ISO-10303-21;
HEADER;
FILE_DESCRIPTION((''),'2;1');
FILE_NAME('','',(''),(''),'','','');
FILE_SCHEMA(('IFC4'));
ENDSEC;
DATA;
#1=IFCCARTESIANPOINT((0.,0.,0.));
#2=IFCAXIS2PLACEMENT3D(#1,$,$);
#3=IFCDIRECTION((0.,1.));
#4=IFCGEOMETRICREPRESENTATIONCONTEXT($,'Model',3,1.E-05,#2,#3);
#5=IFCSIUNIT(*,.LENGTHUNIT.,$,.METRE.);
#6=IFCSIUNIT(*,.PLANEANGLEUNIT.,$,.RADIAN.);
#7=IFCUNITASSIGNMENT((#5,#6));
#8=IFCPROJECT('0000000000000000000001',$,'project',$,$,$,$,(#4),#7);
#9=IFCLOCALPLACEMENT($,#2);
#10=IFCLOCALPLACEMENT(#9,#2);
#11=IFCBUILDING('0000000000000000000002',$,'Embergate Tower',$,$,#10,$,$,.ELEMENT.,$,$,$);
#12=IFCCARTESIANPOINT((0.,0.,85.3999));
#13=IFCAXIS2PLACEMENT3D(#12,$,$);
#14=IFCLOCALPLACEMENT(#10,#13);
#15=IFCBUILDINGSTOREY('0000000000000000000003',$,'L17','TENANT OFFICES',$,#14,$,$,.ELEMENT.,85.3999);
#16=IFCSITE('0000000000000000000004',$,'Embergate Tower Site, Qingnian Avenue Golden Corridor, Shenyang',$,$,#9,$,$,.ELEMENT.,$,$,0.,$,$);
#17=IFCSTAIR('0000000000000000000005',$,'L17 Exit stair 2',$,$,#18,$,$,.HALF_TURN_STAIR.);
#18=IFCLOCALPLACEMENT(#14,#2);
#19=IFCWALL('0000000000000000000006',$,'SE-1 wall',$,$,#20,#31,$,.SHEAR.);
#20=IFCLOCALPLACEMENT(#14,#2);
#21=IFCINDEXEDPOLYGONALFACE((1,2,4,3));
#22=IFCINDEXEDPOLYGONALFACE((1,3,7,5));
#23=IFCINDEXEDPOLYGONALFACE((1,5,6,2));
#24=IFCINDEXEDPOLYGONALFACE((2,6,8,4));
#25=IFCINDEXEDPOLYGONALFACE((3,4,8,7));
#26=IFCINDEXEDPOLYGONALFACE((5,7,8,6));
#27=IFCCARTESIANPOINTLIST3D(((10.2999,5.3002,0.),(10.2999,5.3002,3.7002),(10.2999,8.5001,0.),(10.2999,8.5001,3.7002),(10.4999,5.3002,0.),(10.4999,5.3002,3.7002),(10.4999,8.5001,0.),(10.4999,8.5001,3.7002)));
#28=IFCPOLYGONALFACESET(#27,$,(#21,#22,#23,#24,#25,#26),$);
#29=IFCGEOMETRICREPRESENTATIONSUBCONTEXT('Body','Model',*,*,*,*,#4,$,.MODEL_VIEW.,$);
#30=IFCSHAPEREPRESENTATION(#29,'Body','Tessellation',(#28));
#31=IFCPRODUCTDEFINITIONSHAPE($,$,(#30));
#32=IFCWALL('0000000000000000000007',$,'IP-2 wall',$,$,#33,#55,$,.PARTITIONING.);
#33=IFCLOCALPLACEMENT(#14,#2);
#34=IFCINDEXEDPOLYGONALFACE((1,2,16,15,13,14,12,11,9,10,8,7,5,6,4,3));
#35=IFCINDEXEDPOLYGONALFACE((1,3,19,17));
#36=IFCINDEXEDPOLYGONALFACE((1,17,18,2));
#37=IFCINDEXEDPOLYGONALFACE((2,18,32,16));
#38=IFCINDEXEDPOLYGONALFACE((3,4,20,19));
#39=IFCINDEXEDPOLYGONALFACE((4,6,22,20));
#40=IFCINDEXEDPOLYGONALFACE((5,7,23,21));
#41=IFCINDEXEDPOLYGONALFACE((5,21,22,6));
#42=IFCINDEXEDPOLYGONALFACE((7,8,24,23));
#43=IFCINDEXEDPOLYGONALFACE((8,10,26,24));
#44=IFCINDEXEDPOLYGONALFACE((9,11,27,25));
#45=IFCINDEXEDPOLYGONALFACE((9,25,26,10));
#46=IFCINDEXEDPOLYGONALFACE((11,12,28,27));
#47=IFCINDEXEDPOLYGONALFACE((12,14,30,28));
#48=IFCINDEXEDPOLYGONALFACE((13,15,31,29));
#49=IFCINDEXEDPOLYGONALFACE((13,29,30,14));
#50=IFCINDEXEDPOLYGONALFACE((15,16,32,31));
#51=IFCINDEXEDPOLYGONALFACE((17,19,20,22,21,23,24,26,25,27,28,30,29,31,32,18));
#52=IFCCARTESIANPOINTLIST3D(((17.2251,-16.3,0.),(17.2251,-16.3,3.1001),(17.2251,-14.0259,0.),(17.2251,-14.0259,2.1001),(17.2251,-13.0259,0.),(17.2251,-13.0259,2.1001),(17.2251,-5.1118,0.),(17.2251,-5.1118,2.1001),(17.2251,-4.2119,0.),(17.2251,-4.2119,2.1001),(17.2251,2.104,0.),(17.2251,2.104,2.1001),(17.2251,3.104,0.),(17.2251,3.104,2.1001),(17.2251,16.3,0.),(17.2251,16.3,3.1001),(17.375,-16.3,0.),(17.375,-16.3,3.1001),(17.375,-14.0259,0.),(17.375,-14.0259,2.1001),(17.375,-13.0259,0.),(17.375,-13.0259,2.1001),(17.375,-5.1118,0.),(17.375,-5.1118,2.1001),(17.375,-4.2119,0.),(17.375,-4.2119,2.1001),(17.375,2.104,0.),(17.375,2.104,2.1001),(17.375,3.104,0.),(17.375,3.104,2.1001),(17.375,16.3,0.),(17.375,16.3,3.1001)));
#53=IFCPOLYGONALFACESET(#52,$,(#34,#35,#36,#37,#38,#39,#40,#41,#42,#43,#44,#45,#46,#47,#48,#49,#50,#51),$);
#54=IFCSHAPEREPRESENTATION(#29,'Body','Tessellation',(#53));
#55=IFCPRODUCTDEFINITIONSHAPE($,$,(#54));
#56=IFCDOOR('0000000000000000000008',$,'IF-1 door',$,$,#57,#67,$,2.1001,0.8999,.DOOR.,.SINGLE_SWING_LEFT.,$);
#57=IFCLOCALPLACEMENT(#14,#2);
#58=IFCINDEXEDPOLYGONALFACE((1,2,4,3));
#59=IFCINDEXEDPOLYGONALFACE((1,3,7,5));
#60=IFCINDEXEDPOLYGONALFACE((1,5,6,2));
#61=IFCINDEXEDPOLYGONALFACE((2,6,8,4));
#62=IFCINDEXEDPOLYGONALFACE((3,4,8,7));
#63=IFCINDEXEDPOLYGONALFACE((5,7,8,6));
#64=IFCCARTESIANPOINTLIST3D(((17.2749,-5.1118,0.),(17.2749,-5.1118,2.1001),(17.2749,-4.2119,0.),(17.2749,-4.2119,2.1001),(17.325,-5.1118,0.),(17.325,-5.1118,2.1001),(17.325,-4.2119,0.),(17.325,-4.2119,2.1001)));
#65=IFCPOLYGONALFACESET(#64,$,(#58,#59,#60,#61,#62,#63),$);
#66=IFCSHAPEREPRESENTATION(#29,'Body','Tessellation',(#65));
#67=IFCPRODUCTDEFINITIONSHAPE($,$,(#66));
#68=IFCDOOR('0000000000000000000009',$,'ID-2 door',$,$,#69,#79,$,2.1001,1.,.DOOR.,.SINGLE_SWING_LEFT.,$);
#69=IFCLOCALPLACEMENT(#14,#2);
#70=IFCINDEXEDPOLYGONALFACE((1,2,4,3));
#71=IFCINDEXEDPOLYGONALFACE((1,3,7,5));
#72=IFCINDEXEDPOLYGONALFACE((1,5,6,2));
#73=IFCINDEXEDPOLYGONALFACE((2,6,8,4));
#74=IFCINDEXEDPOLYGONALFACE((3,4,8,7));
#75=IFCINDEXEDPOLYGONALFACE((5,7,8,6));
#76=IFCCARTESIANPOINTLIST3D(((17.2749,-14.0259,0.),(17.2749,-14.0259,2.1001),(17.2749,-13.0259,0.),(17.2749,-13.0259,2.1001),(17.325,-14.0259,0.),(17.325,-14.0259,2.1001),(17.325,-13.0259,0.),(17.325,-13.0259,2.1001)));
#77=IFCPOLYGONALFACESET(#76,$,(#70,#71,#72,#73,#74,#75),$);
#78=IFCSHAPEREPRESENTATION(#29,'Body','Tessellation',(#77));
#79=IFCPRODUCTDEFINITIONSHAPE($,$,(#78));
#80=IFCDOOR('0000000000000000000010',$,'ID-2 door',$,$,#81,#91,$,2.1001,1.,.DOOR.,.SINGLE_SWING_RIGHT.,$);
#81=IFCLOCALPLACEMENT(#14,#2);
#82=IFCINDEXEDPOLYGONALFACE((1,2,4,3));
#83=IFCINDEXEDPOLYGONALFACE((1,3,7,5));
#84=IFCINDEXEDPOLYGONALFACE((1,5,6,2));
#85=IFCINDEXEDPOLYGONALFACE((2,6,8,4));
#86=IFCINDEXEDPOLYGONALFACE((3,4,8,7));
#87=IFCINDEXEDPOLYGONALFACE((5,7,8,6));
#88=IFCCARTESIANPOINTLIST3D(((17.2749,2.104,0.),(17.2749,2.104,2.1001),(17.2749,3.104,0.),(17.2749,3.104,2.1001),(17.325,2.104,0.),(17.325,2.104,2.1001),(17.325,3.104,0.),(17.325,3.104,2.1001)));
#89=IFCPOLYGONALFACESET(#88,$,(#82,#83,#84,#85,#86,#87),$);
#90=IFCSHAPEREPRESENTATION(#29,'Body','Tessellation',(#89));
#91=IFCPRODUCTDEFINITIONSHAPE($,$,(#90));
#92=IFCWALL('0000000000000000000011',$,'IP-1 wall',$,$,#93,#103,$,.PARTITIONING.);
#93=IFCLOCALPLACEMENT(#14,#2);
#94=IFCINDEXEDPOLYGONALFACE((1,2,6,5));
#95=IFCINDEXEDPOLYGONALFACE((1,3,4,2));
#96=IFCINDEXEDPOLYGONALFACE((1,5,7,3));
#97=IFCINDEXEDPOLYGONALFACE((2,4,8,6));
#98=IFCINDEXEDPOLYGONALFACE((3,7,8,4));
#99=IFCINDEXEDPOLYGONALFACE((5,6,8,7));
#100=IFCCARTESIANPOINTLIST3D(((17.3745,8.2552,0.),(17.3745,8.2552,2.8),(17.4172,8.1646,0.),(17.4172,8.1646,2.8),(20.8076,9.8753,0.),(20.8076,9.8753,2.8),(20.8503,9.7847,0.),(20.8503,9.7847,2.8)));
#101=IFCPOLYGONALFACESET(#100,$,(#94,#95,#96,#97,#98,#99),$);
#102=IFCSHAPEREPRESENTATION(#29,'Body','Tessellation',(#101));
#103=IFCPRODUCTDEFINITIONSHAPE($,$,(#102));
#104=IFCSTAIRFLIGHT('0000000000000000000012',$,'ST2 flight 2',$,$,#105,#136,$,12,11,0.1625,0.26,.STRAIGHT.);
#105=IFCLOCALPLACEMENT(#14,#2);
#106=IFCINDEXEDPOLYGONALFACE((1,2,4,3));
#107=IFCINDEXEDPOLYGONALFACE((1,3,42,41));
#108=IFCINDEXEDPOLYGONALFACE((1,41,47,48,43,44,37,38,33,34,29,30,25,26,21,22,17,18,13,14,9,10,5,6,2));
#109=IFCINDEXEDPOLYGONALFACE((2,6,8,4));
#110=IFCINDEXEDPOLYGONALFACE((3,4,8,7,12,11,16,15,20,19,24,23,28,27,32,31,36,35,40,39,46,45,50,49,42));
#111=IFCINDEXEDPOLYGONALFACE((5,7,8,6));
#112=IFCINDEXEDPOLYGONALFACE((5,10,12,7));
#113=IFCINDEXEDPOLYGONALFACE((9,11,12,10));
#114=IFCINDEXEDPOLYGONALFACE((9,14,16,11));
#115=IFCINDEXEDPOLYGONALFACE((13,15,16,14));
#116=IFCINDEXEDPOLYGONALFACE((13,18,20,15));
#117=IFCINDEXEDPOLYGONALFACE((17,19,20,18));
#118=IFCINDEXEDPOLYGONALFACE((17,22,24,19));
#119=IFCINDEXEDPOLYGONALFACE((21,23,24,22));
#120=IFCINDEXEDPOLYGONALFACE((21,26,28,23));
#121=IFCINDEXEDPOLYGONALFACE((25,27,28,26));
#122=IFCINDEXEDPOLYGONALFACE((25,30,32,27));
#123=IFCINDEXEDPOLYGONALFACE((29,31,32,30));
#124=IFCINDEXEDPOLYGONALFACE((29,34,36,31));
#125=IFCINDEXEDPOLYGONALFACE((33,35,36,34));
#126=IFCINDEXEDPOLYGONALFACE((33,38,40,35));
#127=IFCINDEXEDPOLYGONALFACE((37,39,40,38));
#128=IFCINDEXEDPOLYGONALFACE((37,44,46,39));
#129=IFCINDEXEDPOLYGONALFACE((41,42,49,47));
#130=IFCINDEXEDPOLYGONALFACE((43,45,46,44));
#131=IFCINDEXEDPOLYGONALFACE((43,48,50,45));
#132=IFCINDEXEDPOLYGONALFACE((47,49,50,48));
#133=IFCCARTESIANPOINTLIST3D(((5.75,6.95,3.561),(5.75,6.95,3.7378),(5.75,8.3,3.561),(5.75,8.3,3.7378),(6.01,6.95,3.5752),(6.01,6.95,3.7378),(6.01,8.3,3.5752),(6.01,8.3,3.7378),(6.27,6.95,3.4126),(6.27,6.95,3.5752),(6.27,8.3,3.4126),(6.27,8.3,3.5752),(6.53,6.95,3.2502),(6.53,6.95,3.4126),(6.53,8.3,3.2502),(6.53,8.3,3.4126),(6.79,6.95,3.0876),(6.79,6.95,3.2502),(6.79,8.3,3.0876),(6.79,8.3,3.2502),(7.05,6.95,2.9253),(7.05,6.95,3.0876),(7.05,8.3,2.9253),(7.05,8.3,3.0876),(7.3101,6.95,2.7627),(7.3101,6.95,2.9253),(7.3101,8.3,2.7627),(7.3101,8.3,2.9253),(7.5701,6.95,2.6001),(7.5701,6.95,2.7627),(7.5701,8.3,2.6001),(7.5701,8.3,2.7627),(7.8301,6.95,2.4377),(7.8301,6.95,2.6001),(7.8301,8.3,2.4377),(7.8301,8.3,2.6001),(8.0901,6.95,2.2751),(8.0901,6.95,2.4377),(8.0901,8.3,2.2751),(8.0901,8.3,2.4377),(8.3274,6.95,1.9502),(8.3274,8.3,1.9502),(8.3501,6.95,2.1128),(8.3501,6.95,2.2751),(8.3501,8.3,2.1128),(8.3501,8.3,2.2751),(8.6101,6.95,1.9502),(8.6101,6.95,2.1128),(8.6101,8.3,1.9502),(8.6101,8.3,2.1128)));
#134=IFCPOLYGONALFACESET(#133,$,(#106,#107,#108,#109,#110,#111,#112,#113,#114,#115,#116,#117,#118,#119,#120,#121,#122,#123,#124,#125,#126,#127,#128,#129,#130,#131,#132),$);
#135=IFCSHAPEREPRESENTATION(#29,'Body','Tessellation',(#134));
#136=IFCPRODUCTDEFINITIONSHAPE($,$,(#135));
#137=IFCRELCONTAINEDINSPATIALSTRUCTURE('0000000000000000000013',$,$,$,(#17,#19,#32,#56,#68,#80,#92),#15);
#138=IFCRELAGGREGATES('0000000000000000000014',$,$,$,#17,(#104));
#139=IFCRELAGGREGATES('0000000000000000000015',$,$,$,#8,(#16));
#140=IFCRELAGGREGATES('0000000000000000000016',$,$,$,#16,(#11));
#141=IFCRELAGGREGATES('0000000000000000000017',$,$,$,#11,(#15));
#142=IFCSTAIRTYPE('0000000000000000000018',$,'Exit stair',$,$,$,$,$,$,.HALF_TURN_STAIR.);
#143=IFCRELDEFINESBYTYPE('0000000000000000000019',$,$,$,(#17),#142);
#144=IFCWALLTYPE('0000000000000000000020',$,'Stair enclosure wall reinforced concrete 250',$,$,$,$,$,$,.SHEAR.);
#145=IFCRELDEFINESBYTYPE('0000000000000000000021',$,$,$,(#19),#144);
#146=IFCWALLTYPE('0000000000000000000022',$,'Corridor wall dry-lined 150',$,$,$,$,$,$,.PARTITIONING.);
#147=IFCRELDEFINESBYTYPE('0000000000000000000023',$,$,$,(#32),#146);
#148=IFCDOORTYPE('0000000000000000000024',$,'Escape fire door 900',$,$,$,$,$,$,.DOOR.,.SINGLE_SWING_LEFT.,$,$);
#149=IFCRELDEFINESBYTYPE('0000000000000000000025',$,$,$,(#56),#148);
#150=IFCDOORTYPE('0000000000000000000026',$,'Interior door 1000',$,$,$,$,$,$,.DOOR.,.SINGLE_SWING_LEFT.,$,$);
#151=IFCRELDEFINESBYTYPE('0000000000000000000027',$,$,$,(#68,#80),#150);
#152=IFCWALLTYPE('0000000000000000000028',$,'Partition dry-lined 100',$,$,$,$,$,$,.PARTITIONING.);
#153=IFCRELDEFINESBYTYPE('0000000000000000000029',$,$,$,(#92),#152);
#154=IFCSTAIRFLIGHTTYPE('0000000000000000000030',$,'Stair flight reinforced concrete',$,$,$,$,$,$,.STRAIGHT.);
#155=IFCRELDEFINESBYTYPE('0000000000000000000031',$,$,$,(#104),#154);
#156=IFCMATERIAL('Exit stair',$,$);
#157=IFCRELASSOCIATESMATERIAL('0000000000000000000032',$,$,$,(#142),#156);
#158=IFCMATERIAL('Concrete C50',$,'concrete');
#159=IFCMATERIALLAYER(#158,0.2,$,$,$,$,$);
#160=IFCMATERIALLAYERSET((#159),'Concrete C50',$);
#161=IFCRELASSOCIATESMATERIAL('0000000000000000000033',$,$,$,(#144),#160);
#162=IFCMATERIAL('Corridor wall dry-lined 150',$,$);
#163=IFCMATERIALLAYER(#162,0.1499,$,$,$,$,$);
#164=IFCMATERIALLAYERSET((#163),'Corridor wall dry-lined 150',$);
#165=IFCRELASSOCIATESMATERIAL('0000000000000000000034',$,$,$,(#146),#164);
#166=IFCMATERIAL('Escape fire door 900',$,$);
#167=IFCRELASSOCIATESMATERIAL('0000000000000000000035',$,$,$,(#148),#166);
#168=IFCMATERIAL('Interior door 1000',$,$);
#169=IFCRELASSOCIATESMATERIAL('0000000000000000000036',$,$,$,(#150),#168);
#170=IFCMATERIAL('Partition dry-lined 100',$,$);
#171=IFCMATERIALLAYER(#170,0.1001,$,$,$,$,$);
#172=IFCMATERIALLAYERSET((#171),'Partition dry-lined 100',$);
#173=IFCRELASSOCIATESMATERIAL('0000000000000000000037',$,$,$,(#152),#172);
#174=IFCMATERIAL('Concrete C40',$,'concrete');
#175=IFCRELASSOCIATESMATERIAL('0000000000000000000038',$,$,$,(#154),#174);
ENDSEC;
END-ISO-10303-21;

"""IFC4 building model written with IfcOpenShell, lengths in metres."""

from ifc_helpers import new_model, si_unit, direction, frame, frame_2d, origin, place, context, subcontext, project, spatial, polyline, rectangle, outline, extrude, source, transform, mapped, material, layer, layer_set, type_object, element, fill, aggregate, save


model = new_model("IFC4")

# Units and contexts
model_context = context("Model", 3, precision=1e-05, world=origin(), true_north=direction((0.0, 1.0)))
body_context = subcontext(model_context, "Body", "Model", "MODEL_VIEW")
ifc_project = project(units=[si_unit("LENGTHUNIT", "METRE"), si_unit("PLANEANGLEUNIT", "RADIAN")], contexts=[model_context])

# Site, building, storey
site_placement = place(None, origin())
site = spatial("IfcSite", under=ifc_project, at=site_placement, Name="Embergate Tower Site, Qingnian Avenue Golden Corridor, Shenyang", CompositionType="ELEMENT", RefElevation=0.0)
building_placement = place(site_placement, origin())
building = spatial("IfcBuilding", under=site, at=building_placement, Name="Embergate Tower", CompositionType="ELEMENT")
storey_placement = place(building_placement, frame((0.0, 0.0, 85.3999)))
storey = spatial("IfcBuildingStorey", under=building, at=storey_placement, Name="L17", Description="TENANT OFFICES", CompositionType="ELEMENT", Elevation=85.3999)

# Stair
ifc_material_1 = material(Name="Exit stair")
stair_type = type_object("IfcStairType", Name="Exit stair", PredefinedType="HALF_TURN_STAIR", material=ifc_material_1)
stair_placement = place(storey_placement, origin())
stair = element("IfcStair", 1, at=stair_placement, inside=storey, type_object=stair_type, Name="L17 Exit stair 2", PredefinedType="HALF_TURN_STAIR")
ifc_material_2 = material(Name="Concrete C40", Category="concrete")

# Shared definitions
shared_shape_1 = source(origin(), body_context, "Body", "SweptSolid", [
    extrude(rectangle(XDim=0.8999, YDim=2.1001, at=frame_2d((0.45, 1.05))), frame((0.0, 0.0249, 0.0), z_axis=(0.0, -1.0, 0.0), x_axis=(1.0, 0.0, 0.0)), (0.0, 0.0, 1.0), 0.05),
])

# Shared definitions
ifc_material_3 = material(Name="Concrete C50", Category="concrete")

# Wall
ifc_layer_1 = layer(ifc_material_3, 0.2)
ifc_layer_set_1 = layer_set([ifc_layer_1], Name="Concrete C50")
wall_type_1 = type_object("IfcWallType", Name="Stair enclosure wall reinforced concrete 250", PredefinedType="SHEAR", material=ifc_layer_set_1)
shared_shape_2 = source(origin(), body_context, "Body", "SweptSolid", [
    extrude(rectangle(XDim=3.2, YDim=0.2, at=frame_2d((1.6001, 0.0))), origin(), (0.0, 0.0, 1.0), 3.7002),
])
wall_1_placement = place(storey_placement, frame((10.3999, 5.3, 0.0), z_axis=(0.0, 0.0, 1.0), x_axis=(0.0, 1.0, 0.0)))
element("IfcWall", 2, at=wall_1_placement, inside=storey, type_object=wall_type_1, Name="SE-1 wall", PredefinedType="SHEAR", context=body_context, shape_type="MappedRepresentation", body=[
    mapped(shared_shape_2, transform((0.0, 0.0, 0.0))),
])

# Wall, openings, doors
ifc_material_4 = material(Name="Corridor wall dry-lined 150")
ifc_layer_2 = layer(ifc_material_4, 0.1499)
ifc_layer_set_2 = layer_set([ifc_layer_2], Name="Corridor wall dry-lined 150")
wall_type_2 = type_object("IfcWallType", Name="Corridor wall dry-lined 150", PredefinedType="PARTITIONING", material=ifc_layer_set_2)
shared_shape_3 = source(origin(), body_context, "Body", "SweptSolid", [
    extrude(rectangle(XDim=32.6001, YDim=0.1499, at=frame_2d((16.3, 0.0))), origin(), (0.0, 0.0, 1.0), 3.1001),
])
wall_2_placement = place(storey_placement, frame((17.3, 16.3, 0.0), z_axis=(0.0, 0.0, 1.0), x_axis=(0.0, -1.0, 0.0)))
wall_2 = element("IfcWall", 3, at=wall_2_placement, inside=storey, type_object=wall_type_2, Name="IP-2 wall", PredefinedType="PARTITIONING", context=body_context, shape_type="MappedRepresentation", body=[
    mapped(shared_shape_3, transform((0.0, 0.0, 0.0))),
])
shared_shape_4 = source(origin(), body_context, "Body", "SweptSolid", [
    extrude(rectangle(XDim=1.0, YDim=2.1001, at=frame_2d((0.5, 1.05))), frame((0.0, 0.085, 0.0), z_axis=(0.0, -1.0, 0.0), x_axis=(1.0, 0.0, 0.0)), (0.0, 0.0, 1.0), 0.1699),
])
opening_1_placement = place(wall_2_placement, frame((29.3259, 0.0, 0.0)))
opening_1 = element("IfcOpeningElement", 4, at=opening_1_placement, cuts=wall_2, PredefinedType="OPENING", context=body_context, shape_type="MappedRepresentation", body=[
    mapped(shared_shape_4, transform((0.0, 0.0, 0.0))),
])
shared_shape_5 = source(origin(), body_context, "Body", "SweptSolid", [
    extrude(rectangle(XDim=0.8999, YDim=2.1001, at=frame_2d((0.45, 1.05))), frame((0.0, 0.085, 0.0), z_axis=(0.0, -1.0, 0.0), x_axis=(1.0, 0.0, 0.0)), (0.0, 0.0, 1.0), 0.1699),
])
opening_2_placement = place(wall_2_placement, frame((20.512, 0.0, 0.0)))
opening_2 = element("IfcOpeningElement", 5, at=opening_2_placement, cuts=wall_2, PredefinedType="OPENING", context=body_context, shape_type="MappedRepresentation", body=[
    mapped(shared_shape_5, transform((0.0, 0.0, 0.0))),
])
opening_3_placement = place(wall_2_placement, frame((13.196, 0.0, 0.0)))
opening_3 = element("IfcOpeningElement", 6, at=opening_3_placement, cuts=wall_2, PredefinedType="OPENING", context=body_context, shape_type="MappedRepresentation", body=[
    mapped(shared_shape_4, transform((0.0, 0.0, 0.0))),
])
ifc_material_5 = material(Name="Escape fire door 900")
door_type_1 = type_object("IfcDoorType", Name="Escape fire door 900", OperationType="SINGLE_SWING_LEFT", PredefinedType="DOOR", material=ifc_material_5)
door_1_placement = place(opening_2_placement, origin())
door_1 = element("IfcDoor", 7, at=door_1_placement, inside=storey, type_object=door_type_1, Name="IF-1 door", OperationType="SINGLE_SWING_LEFT", OverallHeight=2.1001, OverallWidth=0.8999, PredefinedType="DOOR", context=body_context, shape_type="MappedRepresentation", body=[
    mapped(shared_shape_1, transform((0.0, 0.0, 0.0))),
])
fill(opening_2, door_1)
ifc_material_6 = material(Name="Interior door 1000")
door_type_2 = type_object("IfcDoorType", Name="Interior door 1000", OperationType="SINGLE_SWING_LEFT", PredefinedType="DOOR", material=ifc_material_6)
shared_shape_6 = source(origin(), body_context, "Body", "SweptSolid", [
    extrude(rectangle(XDim=1.0, YDim=2.1001, at=frame_2d((0.5, 1.05))), frame((0.0, 0.0249, 0.0), z_axis=(0.0, -1.0, 0.0), x_axis=(1.0, 0.0, 0.0)), (0.0, 0.0, 1.0), 0.05),
])
door_2_placement = place(opening_1_placement, origin())
door_2 = element("IfcDoor", 8, at=door_2_placement, inside=storey, type_object=door_type_2, Name="ID-2 door", OperationType="SINGLE_SWING_LEFT", OverallHeight=2.1001, OverallWidth=1.0, PredefinedType="DOOR", context=body_context, shape_type="MappedRepresentation", body=[
    mapped(shared_shape_6, transform((0.0, 0.0, 0.0))),
])
fill(opening_1, door_2)
door_3_placement = place(opening_3_placement, origin())
door_3 = element("IfcDoor", 9, at=door_3_placement, inside=storey, type_object=door_type_2, Name="ID-2 door", OperationType="SINGLE_SWING_RIGHT", OverallHeight=2.1001, OverallWidth=1.0, PredefinedType="DOOR", context=body_context, shape_type="MappedRepresentation", body=[
    mapped(shared_shape_6, transform((0.0, 0.0, 0.0))),
])
fill(opening_3, door_3)

# Wall
ifc_material_7 = material(Name="Partition dry-lined 100")
ifc_layer_3 = layer(ifc_material_7, 0.1001)
ifc_layer_set_3 = layer_set([ifc_layer_3], Name="Partition dry-lined 100")
wall_type_3 = type_object("IfcWallType", Name="Partition dry-lined 100", PredefinedType="PARTITIONING", material=ifc_layer_set_3)
shared_shape_7 = source(origin(), body_context, "Body", "SweptSolid", [
    extrude(rectangle(XDim=3.7961, YDim=0.1001, at=frame_2d((1.8979, 0.0))), origin(), (0.0, 0.0, 1.0), 2.8),
])
wall_3_placement = place(storey_placement, frame((17.396, 8.21, 0.0), z_axis=(0.0, 0.0, 1.0), x_axis=(0.904358, 0.426775, 0.0)))
element("IfcWall", 10, at=wall_3_placement, inside=storey, type_object=wall_type_3, Name="IP-1 wall", PredefinedType="PARTITIONING", context=body_context, shape_type="MappedRepresentation", body=[
    mapped(shared_shape_7, transform((0.0, 0.0, 0.0))),
])

# Stair flight
stair_flight_type = type_object("IfcStairFlightType", Name="Stair flight reinforced concrete", PredefinedType="STRAIGHT", material=ifc_material_2)
shared_shape_8 = source(origin(), body_context, "Body", "SweptSolid", [
    extrude(outline(polyline([(0.0, 0.0), (0.0, 0.1626), (0.26, 0.1626), (0.26, 0.325), (0.52, 0.325), (0.52, 0.4875), (0.78, 0.4875), (0.78, 0.6499), (1.04, 0.6499), (1.04, 0.8125), (1.3, 0.8125), (1.3, 0.9751), (1.5601, 0.9751), (1.5601, 1.1375), (1.8201, 1.1375), (1.8201, 1.3), (2.0801, 1.3), (2.0801, 1.4624), (2.3401, 1.4624), (2.3401, 1.625), (2.6001, 1.625), (2.6001, 1.7876), (2.8601, 1.7876), (2.8601, 1.95), (2.8601, 1.6108), (0.2827, 0.0), (0.0, 0.0)])), frame((0.0, 0.675, 0.0), z_axis=(0.0, -1.0, 0.0), x_axis=(1.0, 0.0, 0.0)), (0.0, 0.0, 1.0), 1.3501),
])
stair_flight_placement = place(storey_placement, frame((8.6101, 7.625, 1.9502), z_axis=(0.0, 0.0, 1.0), x_axis=(-1.0, 0.0, 0.0)))
stair_flight = element("IfcStairFlight", 11, at=stair_flight_placement, type_object=stair_flight_type, Name="ST2 flight 2", NumberOfRisers=12, NumberOfTreads=11, PredefinedType="STRAIGHT", RiserHeight=0.1625, TreadLength=0.26, context=body_context, shape_type="MappedRepresentation", body=[
    mapped(shared_shape_8, transform((0.0, 0.0, 0.0))),
])
aggregate(stair, [stair_flight])

save(model, "model.ifc")
